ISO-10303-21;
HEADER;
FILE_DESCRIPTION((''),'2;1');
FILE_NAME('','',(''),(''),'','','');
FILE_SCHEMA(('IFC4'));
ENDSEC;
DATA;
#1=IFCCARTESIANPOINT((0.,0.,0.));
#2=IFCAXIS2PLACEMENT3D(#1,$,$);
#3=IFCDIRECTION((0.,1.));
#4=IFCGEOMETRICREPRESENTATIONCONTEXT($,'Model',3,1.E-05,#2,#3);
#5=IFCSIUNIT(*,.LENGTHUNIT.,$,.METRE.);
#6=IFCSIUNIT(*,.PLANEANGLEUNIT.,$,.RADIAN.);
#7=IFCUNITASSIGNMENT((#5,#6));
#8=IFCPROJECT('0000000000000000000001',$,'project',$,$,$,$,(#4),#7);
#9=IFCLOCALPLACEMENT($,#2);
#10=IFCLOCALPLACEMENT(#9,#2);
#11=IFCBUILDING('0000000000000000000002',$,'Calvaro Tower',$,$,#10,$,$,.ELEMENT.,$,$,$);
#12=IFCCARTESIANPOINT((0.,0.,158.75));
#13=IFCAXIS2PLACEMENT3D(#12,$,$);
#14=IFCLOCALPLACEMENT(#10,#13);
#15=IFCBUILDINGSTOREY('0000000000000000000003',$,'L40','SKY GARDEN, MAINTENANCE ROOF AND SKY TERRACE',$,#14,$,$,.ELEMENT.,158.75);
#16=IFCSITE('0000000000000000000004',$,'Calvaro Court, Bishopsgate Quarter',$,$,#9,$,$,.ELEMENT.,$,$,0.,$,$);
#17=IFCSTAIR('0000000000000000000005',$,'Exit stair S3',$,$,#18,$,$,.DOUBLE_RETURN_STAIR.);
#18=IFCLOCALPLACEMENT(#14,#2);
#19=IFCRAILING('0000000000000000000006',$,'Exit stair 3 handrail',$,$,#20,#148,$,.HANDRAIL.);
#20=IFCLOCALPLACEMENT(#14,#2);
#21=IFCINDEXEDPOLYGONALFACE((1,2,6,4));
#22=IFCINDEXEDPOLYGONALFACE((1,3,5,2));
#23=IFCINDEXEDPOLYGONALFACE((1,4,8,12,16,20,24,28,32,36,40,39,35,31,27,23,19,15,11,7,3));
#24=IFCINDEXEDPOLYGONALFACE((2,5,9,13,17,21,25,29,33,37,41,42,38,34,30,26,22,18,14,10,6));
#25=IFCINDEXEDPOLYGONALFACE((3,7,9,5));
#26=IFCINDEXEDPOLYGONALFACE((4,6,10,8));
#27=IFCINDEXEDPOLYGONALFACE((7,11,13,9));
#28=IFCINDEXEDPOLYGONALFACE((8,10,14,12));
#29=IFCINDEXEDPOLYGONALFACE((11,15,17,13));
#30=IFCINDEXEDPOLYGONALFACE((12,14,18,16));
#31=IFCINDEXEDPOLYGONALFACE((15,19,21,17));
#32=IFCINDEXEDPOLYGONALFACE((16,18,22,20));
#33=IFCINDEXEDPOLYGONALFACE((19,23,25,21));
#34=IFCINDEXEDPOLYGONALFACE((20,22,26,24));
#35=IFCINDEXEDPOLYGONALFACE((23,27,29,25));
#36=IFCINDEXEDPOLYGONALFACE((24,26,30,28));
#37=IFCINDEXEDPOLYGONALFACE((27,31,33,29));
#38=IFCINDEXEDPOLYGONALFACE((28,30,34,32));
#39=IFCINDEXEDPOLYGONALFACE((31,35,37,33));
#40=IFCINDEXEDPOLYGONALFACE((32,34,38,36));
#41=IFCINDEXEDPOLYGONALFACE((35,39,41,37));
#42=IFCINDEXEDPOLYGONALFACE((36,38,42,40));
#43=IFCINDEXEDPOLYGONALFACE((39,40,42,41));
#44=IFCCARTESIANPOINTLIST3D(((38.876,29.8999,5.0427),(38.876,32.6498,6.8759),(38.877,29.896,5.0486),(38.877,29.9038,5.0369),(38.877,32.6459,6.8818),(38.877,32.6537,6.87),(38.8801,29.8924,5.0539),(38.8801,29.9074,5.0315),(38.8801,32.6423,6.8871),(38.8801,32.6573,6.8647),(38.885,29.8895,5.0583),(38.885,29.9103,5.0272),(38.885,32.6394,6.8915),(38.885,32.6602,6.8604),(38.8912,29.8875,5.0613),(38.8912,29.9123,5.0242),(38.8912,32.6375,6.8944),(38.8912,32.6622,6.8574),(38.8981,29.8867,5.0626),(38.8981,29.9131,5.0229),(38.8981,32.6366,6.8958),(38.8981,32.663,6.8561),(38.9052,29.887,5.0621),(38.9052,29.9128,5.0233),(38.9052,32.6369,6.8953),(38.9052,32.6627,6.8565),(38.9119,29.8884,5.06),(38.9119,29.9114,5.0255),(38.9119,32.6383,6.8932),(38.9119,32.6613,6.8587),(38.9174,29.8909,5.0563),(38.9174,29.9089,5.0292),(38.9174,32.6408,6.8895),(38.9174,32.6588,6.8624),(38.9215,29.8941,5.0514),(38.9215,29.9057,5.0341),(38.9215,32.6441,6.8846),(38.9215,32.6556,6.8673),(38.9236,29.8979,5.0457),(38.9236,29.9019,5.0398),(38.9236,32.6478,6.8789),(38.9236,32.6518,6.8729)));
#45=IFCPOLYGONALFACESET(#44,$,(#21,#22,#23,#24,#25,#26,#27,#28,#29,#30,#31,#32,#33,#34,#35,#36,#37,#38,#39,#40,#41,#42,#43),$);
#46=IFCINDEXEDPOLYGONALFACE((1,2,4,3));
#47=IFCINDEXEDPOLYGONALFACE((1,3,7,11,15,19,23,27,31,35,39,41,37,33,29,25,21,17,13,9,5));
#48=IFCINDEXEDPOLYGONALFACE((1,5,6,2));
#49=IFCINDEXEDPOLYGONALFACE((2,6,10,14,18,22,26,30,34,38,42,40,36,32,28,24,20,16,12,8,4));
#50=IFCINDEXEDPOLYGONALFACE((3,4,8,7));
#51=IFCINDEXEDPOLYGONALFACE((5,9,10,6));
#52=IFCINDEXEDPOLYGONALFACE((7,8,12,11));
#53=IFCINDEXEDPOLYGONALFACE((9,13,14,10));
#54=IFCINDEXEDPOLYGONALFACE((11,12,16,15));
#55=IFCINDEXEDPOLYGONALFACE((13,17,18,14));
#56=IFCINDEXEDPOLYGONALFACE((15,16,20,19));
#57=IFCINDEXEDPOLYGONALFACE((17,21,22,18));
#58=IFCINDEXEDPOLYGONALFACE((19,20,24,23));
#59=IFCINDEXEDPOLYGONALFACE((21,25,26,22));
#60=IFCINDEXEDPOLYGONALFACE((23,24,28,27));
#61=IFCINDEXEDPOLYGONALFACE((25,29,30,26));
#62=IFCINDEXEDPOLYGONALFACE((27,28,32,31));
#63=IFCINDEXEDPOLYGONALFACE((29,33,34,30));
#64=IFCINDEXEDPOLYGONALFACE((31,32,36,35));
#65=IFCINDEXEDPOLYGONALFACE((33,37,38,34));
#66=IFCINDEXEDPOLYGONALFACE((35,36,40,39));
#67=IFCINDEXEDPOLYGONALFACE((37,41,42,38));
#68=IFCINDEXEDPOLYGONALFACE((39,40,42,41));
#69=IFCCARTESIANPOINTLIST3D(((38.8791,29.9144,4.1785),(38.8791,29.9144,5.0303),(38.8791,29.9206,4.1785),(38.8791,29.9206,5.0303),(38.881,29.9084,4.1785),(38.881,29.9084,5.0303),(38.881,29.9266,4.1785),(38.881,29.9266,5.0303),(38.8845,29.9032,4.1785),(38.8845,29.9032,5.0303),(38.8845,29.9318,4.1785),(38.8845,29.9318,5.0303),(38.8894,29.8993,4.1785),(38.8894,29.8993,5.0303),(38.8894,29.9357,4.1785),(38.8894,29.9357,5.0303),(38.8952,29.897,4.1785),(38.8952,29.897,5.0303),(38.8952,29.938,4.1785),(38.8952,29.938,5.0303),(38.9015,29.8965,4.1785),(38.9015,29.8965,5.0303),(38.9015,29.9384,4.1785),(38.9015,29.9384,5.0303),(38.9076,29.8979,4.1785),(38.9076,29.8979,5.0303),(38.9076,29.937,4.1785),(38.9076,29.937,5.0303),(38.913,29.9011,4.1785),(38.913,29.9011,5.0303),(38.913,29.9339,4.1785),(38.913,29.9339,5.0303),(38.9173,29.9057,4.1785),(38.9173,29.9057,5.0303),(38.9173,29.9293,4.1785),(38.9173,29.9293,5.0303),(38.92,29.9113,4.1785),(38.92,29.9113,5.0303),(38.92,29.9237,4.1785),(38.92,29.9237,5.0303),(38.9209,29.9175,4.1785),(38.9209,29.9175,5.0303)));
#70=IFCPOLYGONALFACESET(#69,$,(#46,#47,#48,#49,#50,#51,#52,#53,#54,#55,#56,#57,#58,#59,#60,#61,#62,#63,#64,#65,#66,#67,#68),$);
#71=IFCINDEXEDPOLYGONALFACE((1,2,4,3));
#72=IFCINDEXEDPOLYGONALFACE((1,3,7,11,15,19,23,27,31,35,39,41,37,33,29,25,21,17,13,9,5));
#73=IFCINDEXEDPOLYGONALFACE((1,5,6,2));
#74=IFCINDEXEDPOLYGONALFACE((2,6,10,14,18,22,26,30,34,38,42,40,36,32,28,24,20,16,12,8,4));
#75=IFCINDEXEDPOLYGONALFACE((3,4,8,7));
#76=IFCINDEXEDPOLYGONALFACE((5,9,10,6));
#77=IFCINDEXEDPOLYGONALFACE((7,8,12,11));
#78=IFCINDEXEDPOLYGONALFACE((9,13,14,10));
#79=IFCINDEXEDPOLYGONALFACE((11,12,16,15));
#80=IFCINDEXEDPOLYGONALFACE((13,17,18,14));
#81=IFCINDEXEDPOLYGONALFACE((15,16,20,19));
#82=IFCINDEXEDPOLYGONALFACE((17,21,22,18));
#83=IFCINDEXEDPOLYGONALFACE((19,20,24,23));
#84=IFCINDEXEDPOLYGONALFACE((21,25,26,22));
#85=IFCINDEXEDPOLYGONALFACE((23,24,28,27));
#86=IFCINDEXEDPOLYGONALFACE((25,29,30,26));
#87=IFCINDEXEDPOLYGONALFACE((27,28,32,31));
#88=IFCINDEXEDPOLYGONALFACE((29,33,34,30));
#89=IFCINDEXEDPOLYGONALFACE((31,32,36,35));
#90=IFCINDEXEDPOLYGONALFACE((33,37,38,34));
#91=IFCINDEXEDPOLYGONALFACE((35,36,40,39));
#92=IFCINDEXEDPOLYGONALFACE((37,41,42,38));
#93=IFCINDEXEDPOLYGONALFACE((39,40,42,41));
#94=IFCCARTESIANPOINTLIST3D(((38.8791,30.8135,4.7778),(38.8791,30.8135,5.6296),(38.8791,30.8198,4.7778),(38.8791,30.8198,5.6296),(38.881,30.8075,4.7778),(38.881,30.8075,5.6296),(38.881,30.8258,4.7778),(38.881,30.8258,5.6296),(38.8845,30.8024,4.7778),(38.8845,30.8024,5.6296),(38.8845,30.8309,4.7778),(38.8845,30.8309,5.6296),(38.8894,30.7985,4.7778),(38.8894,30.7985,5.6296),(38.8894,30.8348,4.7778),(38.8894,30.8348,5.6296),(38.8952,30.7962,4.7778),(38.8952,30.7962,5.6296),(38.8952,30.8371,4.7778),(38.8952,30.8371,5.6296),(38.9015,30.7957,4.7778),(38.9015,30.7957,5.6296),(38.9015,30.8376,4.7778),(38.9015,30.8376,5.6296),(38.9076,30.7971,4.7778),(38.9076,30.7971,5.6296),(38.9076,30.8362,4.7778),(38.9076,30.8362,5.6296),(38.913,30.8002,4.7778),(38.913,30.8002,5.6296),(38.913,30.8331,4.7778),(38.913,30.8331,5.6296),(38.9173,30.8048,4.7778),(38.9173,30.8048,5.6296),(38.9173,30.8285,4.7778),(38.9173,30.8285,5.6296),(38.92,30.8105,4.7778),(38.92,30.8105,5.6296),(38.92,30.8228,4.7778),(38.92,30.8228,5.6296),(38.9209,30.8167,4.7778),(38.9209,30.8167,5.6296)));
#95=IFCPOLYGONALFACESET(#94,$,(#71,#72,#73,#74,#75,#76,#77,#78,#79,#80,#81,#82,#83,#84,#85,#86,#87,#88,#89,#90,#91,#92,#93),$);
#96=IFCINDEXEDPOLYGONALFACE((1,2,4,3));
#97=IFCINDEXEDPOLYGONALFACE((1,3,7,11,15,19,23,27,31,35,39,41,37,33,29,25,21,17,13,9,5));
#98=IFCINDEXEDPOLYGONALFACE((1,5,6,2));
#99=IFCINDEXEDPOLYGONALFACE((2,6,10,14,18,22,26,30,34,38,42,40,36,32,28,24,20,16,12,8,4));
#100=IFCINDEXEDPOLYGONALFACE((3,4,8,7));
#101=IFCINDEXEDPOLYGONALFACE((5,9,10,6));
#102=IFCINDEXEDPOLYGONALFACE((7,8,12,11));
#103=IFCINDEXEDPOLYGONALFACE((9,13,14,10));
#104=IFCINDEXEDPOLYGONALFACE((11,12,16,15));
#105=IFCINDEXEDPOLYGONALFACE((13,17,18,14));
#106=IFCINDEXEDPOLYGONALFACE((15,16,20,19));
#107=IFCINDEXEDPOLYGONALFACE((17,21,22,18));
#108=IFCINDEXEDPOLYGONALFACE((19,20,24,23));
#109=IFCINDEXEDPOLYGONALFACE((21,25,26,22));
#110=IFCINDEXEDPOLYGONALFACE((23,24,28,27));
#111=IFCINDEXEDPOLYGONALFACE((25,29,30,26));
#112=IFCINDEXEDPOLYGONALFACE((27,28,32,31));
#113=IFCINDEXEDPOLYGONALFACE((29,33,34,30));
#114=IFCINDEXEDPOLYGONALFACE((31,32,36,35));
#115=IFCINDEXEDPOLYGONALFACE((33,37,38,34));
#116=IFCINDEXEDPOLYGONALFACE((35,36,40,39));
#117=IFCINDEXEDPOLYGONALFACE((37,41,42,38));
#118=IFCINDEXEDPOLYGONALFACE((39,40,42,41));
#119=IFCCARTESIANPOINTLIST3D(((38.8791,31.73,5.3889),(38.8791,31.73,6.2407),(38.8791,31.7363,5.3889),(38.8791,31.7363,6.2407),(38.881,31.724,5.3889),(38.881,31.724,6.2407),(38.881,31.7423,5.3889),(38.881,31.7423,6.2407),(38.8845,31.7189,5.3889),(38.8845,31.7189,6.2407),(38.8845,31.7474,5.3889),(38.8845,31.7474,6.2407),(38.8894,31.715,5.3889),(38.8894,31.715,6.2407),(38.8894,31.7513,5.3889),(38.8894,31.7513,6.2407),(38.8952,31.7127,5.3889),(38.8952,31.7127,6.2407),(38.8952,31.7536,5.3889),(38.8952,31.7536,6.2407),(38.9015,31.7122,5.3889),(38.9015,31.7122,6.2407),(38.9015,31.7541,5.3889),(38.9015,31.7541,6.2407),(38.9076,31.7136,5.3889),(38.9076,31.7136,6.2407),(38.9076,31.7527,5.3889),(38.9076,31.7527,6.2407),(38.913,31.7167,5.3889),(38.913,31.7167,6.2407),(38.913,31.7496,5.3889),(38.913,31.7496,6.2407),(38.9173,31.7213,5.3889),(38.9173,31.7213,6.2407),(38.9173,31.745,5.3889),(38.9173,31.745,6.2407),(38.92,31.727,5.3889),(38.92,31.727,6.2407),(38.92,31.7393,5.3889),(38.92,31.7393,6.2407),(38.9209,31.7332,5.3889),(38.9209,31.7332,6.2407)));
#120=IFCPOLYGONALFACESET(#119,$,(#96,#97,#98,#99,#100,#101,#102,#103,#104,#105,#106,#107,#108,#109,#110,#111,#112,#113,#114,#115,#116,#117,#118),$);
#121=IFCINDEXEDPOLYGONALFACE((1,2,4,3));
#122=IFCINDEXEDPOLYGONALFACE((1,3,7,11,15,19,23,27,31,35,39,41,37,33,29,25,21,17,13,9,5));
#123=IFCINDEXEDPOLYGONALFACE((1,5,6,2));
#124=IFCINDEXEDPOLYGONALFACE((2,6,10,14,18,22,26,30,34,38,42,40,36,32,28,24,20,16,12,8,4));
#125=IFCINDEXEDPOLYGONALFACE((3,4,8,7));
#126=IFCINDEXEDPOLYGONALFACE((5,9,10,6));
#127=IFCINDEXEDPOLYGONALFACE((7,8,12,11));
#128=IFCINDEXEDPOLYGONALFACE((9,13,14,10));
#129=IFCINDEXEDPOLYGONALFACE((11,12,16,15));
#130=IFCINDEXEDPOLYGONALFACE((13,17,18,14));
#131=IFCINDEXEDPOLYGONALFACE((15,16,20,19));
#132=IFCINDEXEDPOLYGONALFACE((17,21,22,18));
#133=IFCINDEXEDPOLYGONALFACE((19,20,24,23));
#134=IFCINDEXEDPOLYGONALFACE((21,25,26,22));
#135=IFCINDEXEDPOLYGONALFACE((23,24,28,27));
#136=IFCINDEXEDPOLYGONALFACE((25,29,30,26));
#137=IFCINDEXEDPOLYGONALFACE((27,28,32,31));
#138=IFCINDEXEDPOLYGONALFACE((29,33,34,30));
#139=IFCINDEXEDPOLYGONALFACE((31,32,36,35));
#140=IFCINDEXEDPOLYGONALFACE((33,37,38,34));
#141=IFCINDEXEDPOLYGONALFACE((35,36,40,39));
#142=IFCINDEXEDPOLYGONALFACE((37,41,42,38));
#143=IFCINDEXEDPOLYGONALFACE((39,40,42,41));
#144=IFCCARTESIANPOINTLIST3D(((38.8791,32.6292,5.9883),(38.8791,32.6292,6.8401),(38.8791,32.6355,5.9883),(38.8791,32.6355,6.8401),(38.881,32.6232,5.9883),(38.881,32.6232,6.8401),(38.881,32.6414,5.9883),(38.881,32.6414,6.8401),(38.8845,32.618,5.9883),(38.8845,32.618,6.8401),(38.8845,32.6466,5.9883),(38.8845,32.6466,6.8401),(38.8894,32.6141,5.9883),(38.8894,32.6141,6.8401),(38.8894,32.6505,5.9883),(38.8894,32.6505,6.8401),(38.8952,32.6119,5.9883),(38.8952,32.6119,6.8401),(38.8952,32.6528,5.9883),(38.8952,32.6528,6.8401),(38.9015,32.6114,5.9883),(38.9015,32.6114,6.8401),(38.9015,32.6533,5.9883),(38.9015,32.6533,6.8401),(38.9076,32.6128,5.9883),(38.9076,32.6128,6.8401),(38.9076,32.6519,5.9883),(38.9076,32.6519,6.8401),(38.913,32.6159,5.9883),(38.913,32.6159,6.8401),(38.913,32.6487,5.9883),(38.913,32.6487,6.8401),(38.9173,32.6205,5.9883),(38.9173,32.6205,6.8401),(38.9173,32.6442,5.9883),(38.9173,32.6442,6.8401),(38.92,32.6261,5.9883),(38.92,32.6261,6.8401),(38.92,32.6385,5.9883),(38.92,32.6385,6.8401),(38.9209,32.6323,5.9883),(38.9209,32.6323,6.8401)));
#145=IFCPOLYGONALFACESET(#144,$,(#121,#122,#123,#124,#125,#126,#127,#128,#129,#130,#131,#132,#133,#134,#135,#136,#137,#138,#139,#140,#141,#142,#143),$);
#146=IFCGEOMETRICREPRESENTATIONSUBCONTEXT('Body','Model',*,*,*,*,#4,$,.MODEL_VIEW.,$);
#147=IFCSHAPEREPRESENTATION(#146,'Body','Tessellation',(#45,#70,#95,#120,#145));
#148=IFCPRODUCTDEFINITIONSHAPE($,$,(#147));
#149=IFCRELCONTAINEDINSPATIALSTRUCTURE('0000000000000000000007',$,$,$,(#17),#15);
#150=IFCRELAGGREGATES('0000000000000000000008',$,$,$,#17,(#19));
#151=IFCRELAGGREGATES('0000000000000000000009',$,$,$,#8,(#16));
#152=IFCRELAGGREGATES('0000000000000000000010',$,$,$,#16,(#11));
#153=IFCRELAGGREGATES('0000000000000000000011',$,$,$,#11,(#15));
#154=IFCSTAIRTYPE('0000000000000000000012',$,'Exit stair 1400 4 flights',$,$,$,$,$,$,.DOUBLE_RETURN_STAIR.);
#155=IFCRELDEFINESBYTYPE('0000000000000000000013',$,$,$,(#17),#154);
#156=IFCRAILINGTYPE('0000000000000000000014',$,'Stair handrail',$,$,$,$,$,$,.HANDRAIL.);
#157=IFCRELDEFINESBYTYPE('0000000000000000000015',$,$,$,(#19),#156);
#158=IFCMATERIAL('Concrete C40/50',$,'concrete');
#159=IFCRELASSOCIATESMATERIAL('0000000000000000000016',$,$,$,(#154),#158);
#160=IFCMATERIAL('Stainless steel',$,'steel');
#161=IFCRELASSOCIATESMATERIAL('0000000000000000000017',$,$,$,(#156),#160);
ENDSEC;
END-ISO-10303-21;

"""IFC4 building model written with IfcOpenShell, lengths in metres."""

from ifc_helpers import new_model, si_unit, direction, frame, origin, origin_2d, place, context, subcontext, project, spatial, circle, extrude, material, type_object, element, aggregate, save


model = new_model("IFC4")

# Units and contexts
model_context = context("Model", 3, precision=1e-05, world=origin(), true_north=direction((0.0, 1.0)))
body_context = subcontext(model_context, "Body", "Model", "MODEL_VIEW")
ifc_project = project(units=[si_unit("LENGTHUNIT", "METRE"), si_unit("PLANEANGLEUNIT", "RADIAN")], contexts=[model_context])

# Site, building, storey
site_placement = place(None, origin())
site = spatial("IfcSite", under=ifc_project, at=site_placement, Name="Calvaro Court, Bishopsgate Quarter", CompositionType="ELEMENT", RefElevation=0.0)
building_placement = place(site_placement, origin())
building = spatial("IfcBuilding", under=site, at=building_placement, Name="Calvaro Tower", CompositionType="ELEMENT")
storey_placement = place(building_placement, frame((0.0, 0.0, 158.75)))
storey = spatial("IfcBuildingStorey", under=building, at=storey_placement, Name="L40", Description="SKY GARDEN, MAINTENANCE ROOF AND SKY TERRACE", CompositionType="ELEMENT", Elevation=158.75)

# Stair, railing
ifc_material_1 = material(Name="Concrete C40/50", Category="concrete")
stair_type = type_object("IfcStairType", Name="Exit stair 1400 4 flights", PredefinedType="DOUBLE_RETURN_STAIR", material=ifc_material_1)
stair_placement = place(storey_placement, origin())
stair = element("IfcStair", 1, at=stair_placement, inside=storey, type_object=stair_type, Name="Exit stair S3", PredefinedType="DOUBLE_RETURN_STAIR")
ifc_material_2 = material(Name="Stainless steel", Category="steel")
railing_type = type_object("IfcRailingType", Name="Stair handrail", PredefinedType="HANDRAIL", material=ifc_material_2)
railing_1_placement = place(storey_placement, frame((38.8999, 29.8999, 4.1667)))
railing_1 = element("IfcRailing", 2, at=railing_1_placement, type_object=railing_type, Name="Exit stair 3 handrail", PredefinedType="HANDRAIL", context=body_context, shape_type="SweptSolid", body=[
    extrude(circle(Radius=0.0239, at=origin_2d()), frame((0.0, 0.0, 0.876), z_axis=(0.0, 0.832062, 0.554683), x_axis=(-1.0, 0.0, 0.0)), (0.0, 0.0, 1.0), 3.3049),
    extrude(circle(Radius=0.021, at=origin_2d()), frame((0.0, 0.0176, 0.0117)), (0.0, 0.0, 1.0), 0.8518),
    extrude(circle(Radius=0.021, at=origin_2d()), frame((0.0, 0.9167, 0.6111)), (0.0, 0.0, 1.0), 0.8518),
    extrude(circle(Radius=0.021, at=origin_2d()), frame((0.0, 1.8333, 1.2222)), (0.0, 0.0, 1.0), 0.8518),
    extrude(circle(Radius=0.021, at=origin_2d()), frame((0.0, 2.7324, 1.8215)), (0.0, 0.0, 1.0), 0.8518),
])
aggregate(stair, [railing_1])

save(model, "model.ifc")
